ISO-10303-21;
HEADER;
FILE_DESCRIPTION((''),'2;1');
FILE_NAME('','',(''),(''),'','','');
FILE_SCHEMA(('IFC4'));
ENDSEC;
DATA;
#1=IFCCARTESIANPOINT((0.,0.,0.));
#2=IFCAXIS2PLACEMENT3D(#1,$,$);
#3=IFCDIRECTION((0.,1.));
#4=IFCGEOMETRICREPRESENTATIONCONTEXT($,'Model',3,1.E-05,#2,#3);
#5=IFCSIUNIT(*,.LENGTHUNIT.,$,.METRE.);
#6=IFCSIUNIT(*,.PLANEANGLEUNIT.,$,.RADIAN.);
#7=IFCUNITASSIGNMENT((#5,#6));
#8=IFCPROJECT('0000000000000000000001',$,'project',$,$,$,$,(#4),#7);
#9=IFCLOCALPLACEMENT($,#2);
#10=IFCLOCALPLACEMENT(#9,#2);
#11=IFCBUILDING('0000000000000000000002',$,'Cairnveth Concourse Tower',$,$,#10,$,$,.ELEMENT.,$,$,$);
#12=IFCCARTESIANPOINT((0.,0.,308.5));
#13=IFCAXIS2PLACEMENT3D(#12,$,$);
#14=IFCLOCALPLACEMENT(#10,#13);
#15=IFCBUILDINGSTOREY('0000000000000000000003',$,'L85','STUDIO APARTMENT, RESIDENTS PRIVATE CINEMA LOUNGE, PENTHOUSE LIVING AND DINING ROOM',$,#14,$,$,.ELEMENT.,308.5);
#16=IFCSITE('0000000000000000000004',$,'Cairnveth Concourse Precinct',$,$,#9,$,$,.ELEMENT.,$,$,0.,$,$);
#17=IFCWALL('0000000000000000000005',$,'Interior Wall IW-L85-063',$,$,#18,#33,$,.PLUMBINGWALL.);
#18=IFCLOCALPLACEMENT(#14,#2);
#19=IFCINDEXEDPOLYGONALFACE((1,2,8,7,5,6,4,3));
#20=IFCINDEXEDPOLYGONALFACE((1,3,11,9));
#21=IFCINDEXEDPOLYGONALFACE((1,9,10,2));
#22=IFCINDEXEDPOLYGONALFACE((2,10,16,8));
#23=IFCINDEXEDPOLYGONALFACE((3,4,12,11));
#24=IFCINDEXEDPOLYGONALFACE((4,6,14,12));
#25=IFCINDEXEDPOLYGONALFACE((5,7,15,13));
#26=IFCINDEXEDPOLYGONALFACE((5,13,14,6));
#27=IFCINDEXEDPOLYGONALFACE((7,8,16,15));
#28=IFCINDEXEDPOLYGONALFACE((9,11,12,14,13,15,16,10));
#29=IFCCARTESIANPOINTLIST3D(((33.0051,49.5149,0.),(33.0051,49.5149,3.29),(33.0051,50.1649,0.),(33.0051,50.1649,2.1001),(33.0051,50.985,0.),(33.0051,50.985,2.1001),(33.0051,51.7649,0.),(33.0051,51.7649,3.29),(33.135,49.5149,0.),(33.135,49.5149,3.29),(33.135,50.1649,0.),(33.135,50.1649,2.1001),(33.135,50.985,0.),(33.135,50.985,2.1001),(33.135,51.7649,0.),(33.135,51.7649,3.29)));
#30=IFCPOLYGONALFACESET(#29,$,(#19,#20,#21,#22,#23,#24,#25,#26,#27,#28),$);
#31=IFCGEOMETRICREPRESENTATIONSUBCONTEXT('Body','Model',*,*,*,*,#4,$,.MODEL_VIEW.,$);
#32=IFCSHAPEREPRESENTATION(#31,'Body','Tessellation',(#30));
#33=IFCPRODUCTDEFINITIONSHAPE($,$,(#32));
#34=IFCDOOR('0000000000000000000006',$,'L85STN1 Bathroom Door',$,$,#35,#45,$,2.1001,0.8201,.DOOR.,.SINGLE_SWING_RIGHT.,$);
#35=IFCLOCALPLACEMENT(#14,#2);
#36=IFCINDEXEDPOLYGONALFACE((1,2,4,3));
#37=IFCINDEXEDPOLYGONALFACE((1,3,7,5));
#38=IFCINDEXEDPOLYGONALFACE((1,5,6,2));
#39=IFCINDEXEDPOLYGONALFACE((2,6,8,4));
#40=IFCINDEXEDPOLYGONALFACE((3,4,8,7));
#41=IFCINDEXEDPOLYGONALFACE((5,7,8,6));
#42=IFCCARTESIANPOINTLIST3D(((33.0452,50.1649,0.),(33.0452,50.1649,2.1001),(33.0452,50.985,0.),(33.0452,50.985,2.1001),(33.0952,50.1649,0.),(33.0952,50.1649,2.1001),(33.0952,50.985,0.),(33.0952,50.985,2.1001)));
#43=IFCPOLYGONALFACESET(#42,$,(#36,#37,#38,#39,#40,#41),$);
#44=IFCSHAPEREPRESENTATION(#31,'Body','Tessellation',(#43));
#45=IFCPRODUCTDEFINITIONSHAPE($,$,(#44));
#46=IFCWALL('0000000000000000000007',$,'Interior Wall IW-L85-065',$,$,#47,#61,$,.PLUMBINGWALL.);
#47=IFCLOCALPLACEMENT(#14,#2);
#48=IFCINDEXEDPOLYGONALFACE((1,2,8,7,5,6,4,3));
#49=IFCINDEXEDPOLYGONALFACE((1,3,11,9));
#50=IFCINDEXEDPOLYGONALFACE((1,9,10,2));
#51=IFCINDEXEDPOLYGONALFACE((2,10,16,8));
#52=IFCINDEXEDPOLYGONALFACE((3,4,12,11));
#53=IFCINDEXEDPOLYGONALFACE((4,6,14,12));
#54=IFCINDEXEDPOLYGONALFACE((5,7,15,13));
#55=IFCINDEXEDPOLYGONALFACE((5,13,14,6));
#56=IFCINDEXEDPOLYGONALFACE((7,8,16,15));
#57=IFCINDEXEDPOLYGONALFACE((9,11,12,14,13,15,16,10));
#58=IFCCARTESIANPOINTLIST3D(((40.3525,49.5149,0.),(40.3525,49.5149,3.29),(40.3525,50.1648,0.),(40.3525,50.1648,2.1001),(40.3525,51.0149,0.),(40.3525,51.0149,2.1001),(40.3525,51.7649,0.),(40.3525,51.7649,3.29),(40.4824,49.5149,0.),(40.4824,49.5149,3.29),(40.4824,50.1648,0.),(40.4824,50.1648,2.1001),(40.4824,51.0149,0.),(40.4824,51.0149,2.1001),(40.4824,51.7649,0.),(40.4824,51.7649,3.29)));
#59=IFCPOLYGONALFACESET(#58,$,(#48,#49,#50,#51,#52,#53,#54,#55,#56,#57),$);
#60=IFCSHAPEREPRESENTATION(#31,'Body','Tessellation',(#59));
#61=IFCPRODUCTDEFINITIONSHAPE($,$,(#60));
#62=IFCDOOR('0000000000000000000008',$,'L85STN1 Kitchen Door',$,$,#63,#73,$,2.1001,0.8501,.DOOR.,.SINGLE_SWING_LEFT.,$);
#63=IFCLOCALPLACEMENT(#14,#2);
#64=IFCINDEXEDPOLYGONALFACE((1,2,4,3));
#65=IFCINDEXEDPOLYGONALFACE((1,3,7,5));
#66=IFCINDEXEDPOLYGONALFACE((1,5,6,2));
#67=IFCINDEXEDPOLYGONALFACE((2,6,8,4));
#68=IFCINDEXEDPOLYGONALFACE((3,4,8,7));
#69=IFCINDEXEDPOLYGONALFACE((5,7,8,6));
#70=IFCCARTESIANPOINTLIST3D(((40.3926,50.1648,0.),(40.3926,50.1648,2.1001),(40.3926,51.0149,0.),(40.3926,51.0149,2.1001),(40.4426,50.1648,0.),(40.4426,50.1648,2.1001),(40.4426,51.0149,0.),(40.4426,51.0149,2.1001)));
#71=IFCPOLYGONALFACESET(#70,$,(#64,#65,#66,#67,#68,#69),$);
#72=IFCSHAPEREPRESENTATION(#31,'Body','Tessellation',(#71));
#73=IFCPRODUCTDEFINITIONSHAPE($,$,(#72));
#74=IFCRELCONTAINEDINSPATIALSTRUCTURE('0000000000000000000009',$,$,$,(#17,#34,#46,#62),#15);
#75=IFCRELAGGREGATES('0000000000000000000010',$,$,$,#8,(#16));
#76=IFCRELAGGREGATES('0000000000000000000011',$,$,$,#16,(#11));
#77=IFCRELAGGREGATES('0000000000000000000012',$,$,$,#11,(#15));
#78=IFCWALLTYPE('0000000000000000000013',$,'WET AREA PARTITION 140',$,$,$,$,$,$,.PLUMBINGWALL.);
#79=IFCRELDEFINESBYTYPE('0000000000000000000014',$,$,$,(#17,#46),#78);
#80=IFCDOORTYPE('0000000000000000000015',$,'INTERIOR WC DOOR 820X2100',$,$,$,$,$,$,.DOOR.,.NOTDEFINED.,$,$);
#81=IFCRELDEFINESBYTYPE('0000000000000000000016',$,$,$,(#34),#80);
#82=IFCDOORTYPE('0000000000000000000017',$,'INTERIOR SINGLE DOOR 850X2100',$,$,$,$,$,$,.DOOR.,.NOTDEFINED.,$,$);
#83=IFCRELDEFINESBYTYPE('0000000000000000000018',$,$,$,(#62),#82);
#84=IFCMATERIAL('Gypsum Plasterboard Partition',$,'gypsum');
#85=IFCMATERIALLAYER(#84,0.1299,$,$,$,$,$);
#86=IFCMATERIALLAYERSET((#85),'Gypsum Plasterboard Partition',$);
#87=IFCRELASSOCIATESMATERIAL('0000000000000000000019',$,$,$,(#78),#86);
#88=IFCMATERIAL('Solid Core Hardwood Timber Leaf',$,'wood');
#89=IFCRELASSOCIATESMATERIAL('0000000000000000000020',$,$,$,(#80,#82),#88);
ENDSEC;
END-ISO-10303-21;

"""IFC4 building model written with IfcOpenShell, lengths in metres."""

from ifc_helpers import new_model, si_unit, direction, frame, frame_2d, origin, place, context, subcontext, project, spatial, rectangle, extrude, material, layer, layer_set, type_object, element, fill, save


model = new_model("IFC4")

# Units and contexts
model_context = context("Model", 3, precision=1e-05, world=origin(), true_north=direction((0.0, 1.0)))
body_context = subcontext(model_context, "Body", "Model", "MODEL_VIEW")
ifc_project = project(units=[si_unit("LENGTHUNIT", "METRE"), si_unit("PLANEANGLEUNIT", "RADIAN")], contexts=[model_context])

# Site, building, storey
site_placement = place(None, origin())
site = spatial("IfcSite", under=ifc_project, at=site_placement, Name="Cairnveth Concourse Precinct", CompositionType="ELEMENT", RefElevation=0.0)
building_placement = place(site_placement, origin())
building = spatial("IfcBuilding", under=site, at=building_placement, Name="Cairnveth Concourse Tower", CompositionType="ELEMENT")
storey_placement = place(building_placement, frame((0.0, 0.0, 308.5)))
storey = spatial("IfcBuildingStorey", under=building, at=storey_placement, Name="L85", Description="STUDIO APARTMENT, RESIDENTS PRIVATE CINEMA LOUNGE, PENTHOUSE LIVING AND DINING ROOM", CompositionType="ELEMENT", Elevation=308.5)

# Shared definitions
ifc_material_1 = material(Name="Gypsum Plasterboard Partition", Category="gypsum")
ifc_material_2 = material(Name="Solid Core Hardwood Timber Leaf", Category="wood")

# Walls, openings, doors
ifc_layer_1 = layer(ifc_material_1, 0.1299)
ifc_layer_set_1 = layer_set([ifc_layer_1], Name="Gypsum Plasterboard Partition")
wall_type_1 = type_object("IfcWallType", Name="WET AREA PARTITION 140", PredefinedType="PLUMBINGWALL", material=ifc_layer_set_1)
wall_1_placement = place(storey_placement, frame((33.0701, 49.5149, 0.0), z_axis=(0.0, 0.0, 1.0), x_axis=(0.0, 1.0, 0.0)))
wall_1 = element("IfcWall", 1, at=wall_1_placement, inside=storey, type_object=wall_type_1, Name="Interior Wall IW-L85-063", PredefinedType="PLUMBINGWALL", context=body_context, shape_type="SweptSolid", body=[
    extrude(rectangle(XDim=2.25, YDim=0.1299, at=frame_2d((1.125, 0.0))), origin(), (0.0, 0.0, 1.0), 3.29),
])
opening_1_placement = place(wall_1_placement, frame((0.6499, 0.0, 0.0)))
opening_1 = element("IfcOpeningElement", 2, at=opening_1_placement, cuts=wall_1, PredefinedType="OPENING", context=body_context, shape_type="SweptSolid", body=[
    extrude(rectangle(XDim=0.8201, YDim=2.1001, at=frame_2d((0.4102, 1.05))), frame((0.0, 0.075, 0.0), z_axis=(0.0, -1.0, 0.0), x_axis=(1.0, 0.0, 0.0)), (0.0, 0.0, 1.0), 0.1499),
])
door_type_1 = type_object("IfcDoorType", Name="INTERIOR WC DOOR 820X2100", OperationType="NOTDEFINED", PredefinedType="DOOR", material=ifc_material_2)
door_1_placement = place(opening_1_placement, origin())
door_1 = element("IfcDoor", 3, at=door_1_placement, inside=storey, type_object=door_type_1, Name="L85STN1 Bathroom Door", OperationType="SINGLE_SWING_RIGHT", OverallHeight=2.1001, OverallWidth=0.8201, PredefinedType="DOOR", context=body_context, shape_type="SweptSolid", body=[
    extrude(rectangle(XDim=0.8201, YDim=2.1001, at=frame_2d((0.4102, 1.05))), frame((0.0, 0.0249, 0.0), z_axis=(0.0, -1.0, 0.0), x_axis=(1.0, 0.0, 0.0)), (0.0, 0.0, 1.0), 0.05),
])
fill(opening_1, door_1)
wall_2_placement = place(storey_placement, frame((40.4175, 49.5149, 0.0), z_axis=(0.0, 0.0, 1.0), x_axis=(0.0, 1.0, 0.0)))
wall_2 = element("IfcWall", 4, at=wall_2_placement, inside=storey, type_object=wall_type_1, Name="Interior Wall IW-L85-065", PredefinedType="PLUMBINGWALL", context=body_context, shape_type="SweptSolid", body=[
    extrude(rectangle(XDim=2.25, YDim=0.1299, at=frame_2d((1.125, 0.0))), origin(), (0.0, 0.0, 1.0), 3.29),
])
opening_2_placement = place(wall_2_placement, frame((0.6499, 0.0, 0.0)))
opening_2 = element("IfcOpeningElement", 5, at=opening_2_placement, cuts=wall_2, PredefinedType="OPENING", context=body_context, shape_type="SweptSolid", body=[
    extrude(rectangle(XDim=0.8501, YDim=2.1001, at=frame_2d((0.425, 1.05))), frame((0.0, 0.075, 0.0), z_axis=(0.0, -1.0, 0.0), x_axis=(1.0, 0.0, 0.0)), (0.0, 0.0, 1.0), 0.1499),
])
door_type_2 = type_object("IfcDoorType", Name="INTERIOR SINGLE DOOR 850X2100", OperationType="NOTDEFINED", PredefinedType="DOOR", material=ifc_material_2)
door_2_placement = place(opening_2_placement, origin())
door_2 = element("IfcDoor", 6, at=door_2_placement, inside=storey, type_object=door_type_2, Name="L85STN1 Kitchen Door", OperationType="SINGLE_SWING_LEFT", OverallHeight=2.1001, OverallWidth=0.8501, PredefinedType="DOOR", context=body_context, shape_type="SweptSolid", body=[
    extrude(rectangle(XDim=0.8501, YDim=2.1001, at=frame_2d((0.425, 1.05))), frame((0.0, 0.0249, 0.0), z_axis=(0.0, -1.0, 0.0), x_axis=(1.0, 0.0, 0.0)), (0.0, 0.0, 1.0), 0.05),
])
fill(opening_2, door_2)

save(model, "model.ifc")
